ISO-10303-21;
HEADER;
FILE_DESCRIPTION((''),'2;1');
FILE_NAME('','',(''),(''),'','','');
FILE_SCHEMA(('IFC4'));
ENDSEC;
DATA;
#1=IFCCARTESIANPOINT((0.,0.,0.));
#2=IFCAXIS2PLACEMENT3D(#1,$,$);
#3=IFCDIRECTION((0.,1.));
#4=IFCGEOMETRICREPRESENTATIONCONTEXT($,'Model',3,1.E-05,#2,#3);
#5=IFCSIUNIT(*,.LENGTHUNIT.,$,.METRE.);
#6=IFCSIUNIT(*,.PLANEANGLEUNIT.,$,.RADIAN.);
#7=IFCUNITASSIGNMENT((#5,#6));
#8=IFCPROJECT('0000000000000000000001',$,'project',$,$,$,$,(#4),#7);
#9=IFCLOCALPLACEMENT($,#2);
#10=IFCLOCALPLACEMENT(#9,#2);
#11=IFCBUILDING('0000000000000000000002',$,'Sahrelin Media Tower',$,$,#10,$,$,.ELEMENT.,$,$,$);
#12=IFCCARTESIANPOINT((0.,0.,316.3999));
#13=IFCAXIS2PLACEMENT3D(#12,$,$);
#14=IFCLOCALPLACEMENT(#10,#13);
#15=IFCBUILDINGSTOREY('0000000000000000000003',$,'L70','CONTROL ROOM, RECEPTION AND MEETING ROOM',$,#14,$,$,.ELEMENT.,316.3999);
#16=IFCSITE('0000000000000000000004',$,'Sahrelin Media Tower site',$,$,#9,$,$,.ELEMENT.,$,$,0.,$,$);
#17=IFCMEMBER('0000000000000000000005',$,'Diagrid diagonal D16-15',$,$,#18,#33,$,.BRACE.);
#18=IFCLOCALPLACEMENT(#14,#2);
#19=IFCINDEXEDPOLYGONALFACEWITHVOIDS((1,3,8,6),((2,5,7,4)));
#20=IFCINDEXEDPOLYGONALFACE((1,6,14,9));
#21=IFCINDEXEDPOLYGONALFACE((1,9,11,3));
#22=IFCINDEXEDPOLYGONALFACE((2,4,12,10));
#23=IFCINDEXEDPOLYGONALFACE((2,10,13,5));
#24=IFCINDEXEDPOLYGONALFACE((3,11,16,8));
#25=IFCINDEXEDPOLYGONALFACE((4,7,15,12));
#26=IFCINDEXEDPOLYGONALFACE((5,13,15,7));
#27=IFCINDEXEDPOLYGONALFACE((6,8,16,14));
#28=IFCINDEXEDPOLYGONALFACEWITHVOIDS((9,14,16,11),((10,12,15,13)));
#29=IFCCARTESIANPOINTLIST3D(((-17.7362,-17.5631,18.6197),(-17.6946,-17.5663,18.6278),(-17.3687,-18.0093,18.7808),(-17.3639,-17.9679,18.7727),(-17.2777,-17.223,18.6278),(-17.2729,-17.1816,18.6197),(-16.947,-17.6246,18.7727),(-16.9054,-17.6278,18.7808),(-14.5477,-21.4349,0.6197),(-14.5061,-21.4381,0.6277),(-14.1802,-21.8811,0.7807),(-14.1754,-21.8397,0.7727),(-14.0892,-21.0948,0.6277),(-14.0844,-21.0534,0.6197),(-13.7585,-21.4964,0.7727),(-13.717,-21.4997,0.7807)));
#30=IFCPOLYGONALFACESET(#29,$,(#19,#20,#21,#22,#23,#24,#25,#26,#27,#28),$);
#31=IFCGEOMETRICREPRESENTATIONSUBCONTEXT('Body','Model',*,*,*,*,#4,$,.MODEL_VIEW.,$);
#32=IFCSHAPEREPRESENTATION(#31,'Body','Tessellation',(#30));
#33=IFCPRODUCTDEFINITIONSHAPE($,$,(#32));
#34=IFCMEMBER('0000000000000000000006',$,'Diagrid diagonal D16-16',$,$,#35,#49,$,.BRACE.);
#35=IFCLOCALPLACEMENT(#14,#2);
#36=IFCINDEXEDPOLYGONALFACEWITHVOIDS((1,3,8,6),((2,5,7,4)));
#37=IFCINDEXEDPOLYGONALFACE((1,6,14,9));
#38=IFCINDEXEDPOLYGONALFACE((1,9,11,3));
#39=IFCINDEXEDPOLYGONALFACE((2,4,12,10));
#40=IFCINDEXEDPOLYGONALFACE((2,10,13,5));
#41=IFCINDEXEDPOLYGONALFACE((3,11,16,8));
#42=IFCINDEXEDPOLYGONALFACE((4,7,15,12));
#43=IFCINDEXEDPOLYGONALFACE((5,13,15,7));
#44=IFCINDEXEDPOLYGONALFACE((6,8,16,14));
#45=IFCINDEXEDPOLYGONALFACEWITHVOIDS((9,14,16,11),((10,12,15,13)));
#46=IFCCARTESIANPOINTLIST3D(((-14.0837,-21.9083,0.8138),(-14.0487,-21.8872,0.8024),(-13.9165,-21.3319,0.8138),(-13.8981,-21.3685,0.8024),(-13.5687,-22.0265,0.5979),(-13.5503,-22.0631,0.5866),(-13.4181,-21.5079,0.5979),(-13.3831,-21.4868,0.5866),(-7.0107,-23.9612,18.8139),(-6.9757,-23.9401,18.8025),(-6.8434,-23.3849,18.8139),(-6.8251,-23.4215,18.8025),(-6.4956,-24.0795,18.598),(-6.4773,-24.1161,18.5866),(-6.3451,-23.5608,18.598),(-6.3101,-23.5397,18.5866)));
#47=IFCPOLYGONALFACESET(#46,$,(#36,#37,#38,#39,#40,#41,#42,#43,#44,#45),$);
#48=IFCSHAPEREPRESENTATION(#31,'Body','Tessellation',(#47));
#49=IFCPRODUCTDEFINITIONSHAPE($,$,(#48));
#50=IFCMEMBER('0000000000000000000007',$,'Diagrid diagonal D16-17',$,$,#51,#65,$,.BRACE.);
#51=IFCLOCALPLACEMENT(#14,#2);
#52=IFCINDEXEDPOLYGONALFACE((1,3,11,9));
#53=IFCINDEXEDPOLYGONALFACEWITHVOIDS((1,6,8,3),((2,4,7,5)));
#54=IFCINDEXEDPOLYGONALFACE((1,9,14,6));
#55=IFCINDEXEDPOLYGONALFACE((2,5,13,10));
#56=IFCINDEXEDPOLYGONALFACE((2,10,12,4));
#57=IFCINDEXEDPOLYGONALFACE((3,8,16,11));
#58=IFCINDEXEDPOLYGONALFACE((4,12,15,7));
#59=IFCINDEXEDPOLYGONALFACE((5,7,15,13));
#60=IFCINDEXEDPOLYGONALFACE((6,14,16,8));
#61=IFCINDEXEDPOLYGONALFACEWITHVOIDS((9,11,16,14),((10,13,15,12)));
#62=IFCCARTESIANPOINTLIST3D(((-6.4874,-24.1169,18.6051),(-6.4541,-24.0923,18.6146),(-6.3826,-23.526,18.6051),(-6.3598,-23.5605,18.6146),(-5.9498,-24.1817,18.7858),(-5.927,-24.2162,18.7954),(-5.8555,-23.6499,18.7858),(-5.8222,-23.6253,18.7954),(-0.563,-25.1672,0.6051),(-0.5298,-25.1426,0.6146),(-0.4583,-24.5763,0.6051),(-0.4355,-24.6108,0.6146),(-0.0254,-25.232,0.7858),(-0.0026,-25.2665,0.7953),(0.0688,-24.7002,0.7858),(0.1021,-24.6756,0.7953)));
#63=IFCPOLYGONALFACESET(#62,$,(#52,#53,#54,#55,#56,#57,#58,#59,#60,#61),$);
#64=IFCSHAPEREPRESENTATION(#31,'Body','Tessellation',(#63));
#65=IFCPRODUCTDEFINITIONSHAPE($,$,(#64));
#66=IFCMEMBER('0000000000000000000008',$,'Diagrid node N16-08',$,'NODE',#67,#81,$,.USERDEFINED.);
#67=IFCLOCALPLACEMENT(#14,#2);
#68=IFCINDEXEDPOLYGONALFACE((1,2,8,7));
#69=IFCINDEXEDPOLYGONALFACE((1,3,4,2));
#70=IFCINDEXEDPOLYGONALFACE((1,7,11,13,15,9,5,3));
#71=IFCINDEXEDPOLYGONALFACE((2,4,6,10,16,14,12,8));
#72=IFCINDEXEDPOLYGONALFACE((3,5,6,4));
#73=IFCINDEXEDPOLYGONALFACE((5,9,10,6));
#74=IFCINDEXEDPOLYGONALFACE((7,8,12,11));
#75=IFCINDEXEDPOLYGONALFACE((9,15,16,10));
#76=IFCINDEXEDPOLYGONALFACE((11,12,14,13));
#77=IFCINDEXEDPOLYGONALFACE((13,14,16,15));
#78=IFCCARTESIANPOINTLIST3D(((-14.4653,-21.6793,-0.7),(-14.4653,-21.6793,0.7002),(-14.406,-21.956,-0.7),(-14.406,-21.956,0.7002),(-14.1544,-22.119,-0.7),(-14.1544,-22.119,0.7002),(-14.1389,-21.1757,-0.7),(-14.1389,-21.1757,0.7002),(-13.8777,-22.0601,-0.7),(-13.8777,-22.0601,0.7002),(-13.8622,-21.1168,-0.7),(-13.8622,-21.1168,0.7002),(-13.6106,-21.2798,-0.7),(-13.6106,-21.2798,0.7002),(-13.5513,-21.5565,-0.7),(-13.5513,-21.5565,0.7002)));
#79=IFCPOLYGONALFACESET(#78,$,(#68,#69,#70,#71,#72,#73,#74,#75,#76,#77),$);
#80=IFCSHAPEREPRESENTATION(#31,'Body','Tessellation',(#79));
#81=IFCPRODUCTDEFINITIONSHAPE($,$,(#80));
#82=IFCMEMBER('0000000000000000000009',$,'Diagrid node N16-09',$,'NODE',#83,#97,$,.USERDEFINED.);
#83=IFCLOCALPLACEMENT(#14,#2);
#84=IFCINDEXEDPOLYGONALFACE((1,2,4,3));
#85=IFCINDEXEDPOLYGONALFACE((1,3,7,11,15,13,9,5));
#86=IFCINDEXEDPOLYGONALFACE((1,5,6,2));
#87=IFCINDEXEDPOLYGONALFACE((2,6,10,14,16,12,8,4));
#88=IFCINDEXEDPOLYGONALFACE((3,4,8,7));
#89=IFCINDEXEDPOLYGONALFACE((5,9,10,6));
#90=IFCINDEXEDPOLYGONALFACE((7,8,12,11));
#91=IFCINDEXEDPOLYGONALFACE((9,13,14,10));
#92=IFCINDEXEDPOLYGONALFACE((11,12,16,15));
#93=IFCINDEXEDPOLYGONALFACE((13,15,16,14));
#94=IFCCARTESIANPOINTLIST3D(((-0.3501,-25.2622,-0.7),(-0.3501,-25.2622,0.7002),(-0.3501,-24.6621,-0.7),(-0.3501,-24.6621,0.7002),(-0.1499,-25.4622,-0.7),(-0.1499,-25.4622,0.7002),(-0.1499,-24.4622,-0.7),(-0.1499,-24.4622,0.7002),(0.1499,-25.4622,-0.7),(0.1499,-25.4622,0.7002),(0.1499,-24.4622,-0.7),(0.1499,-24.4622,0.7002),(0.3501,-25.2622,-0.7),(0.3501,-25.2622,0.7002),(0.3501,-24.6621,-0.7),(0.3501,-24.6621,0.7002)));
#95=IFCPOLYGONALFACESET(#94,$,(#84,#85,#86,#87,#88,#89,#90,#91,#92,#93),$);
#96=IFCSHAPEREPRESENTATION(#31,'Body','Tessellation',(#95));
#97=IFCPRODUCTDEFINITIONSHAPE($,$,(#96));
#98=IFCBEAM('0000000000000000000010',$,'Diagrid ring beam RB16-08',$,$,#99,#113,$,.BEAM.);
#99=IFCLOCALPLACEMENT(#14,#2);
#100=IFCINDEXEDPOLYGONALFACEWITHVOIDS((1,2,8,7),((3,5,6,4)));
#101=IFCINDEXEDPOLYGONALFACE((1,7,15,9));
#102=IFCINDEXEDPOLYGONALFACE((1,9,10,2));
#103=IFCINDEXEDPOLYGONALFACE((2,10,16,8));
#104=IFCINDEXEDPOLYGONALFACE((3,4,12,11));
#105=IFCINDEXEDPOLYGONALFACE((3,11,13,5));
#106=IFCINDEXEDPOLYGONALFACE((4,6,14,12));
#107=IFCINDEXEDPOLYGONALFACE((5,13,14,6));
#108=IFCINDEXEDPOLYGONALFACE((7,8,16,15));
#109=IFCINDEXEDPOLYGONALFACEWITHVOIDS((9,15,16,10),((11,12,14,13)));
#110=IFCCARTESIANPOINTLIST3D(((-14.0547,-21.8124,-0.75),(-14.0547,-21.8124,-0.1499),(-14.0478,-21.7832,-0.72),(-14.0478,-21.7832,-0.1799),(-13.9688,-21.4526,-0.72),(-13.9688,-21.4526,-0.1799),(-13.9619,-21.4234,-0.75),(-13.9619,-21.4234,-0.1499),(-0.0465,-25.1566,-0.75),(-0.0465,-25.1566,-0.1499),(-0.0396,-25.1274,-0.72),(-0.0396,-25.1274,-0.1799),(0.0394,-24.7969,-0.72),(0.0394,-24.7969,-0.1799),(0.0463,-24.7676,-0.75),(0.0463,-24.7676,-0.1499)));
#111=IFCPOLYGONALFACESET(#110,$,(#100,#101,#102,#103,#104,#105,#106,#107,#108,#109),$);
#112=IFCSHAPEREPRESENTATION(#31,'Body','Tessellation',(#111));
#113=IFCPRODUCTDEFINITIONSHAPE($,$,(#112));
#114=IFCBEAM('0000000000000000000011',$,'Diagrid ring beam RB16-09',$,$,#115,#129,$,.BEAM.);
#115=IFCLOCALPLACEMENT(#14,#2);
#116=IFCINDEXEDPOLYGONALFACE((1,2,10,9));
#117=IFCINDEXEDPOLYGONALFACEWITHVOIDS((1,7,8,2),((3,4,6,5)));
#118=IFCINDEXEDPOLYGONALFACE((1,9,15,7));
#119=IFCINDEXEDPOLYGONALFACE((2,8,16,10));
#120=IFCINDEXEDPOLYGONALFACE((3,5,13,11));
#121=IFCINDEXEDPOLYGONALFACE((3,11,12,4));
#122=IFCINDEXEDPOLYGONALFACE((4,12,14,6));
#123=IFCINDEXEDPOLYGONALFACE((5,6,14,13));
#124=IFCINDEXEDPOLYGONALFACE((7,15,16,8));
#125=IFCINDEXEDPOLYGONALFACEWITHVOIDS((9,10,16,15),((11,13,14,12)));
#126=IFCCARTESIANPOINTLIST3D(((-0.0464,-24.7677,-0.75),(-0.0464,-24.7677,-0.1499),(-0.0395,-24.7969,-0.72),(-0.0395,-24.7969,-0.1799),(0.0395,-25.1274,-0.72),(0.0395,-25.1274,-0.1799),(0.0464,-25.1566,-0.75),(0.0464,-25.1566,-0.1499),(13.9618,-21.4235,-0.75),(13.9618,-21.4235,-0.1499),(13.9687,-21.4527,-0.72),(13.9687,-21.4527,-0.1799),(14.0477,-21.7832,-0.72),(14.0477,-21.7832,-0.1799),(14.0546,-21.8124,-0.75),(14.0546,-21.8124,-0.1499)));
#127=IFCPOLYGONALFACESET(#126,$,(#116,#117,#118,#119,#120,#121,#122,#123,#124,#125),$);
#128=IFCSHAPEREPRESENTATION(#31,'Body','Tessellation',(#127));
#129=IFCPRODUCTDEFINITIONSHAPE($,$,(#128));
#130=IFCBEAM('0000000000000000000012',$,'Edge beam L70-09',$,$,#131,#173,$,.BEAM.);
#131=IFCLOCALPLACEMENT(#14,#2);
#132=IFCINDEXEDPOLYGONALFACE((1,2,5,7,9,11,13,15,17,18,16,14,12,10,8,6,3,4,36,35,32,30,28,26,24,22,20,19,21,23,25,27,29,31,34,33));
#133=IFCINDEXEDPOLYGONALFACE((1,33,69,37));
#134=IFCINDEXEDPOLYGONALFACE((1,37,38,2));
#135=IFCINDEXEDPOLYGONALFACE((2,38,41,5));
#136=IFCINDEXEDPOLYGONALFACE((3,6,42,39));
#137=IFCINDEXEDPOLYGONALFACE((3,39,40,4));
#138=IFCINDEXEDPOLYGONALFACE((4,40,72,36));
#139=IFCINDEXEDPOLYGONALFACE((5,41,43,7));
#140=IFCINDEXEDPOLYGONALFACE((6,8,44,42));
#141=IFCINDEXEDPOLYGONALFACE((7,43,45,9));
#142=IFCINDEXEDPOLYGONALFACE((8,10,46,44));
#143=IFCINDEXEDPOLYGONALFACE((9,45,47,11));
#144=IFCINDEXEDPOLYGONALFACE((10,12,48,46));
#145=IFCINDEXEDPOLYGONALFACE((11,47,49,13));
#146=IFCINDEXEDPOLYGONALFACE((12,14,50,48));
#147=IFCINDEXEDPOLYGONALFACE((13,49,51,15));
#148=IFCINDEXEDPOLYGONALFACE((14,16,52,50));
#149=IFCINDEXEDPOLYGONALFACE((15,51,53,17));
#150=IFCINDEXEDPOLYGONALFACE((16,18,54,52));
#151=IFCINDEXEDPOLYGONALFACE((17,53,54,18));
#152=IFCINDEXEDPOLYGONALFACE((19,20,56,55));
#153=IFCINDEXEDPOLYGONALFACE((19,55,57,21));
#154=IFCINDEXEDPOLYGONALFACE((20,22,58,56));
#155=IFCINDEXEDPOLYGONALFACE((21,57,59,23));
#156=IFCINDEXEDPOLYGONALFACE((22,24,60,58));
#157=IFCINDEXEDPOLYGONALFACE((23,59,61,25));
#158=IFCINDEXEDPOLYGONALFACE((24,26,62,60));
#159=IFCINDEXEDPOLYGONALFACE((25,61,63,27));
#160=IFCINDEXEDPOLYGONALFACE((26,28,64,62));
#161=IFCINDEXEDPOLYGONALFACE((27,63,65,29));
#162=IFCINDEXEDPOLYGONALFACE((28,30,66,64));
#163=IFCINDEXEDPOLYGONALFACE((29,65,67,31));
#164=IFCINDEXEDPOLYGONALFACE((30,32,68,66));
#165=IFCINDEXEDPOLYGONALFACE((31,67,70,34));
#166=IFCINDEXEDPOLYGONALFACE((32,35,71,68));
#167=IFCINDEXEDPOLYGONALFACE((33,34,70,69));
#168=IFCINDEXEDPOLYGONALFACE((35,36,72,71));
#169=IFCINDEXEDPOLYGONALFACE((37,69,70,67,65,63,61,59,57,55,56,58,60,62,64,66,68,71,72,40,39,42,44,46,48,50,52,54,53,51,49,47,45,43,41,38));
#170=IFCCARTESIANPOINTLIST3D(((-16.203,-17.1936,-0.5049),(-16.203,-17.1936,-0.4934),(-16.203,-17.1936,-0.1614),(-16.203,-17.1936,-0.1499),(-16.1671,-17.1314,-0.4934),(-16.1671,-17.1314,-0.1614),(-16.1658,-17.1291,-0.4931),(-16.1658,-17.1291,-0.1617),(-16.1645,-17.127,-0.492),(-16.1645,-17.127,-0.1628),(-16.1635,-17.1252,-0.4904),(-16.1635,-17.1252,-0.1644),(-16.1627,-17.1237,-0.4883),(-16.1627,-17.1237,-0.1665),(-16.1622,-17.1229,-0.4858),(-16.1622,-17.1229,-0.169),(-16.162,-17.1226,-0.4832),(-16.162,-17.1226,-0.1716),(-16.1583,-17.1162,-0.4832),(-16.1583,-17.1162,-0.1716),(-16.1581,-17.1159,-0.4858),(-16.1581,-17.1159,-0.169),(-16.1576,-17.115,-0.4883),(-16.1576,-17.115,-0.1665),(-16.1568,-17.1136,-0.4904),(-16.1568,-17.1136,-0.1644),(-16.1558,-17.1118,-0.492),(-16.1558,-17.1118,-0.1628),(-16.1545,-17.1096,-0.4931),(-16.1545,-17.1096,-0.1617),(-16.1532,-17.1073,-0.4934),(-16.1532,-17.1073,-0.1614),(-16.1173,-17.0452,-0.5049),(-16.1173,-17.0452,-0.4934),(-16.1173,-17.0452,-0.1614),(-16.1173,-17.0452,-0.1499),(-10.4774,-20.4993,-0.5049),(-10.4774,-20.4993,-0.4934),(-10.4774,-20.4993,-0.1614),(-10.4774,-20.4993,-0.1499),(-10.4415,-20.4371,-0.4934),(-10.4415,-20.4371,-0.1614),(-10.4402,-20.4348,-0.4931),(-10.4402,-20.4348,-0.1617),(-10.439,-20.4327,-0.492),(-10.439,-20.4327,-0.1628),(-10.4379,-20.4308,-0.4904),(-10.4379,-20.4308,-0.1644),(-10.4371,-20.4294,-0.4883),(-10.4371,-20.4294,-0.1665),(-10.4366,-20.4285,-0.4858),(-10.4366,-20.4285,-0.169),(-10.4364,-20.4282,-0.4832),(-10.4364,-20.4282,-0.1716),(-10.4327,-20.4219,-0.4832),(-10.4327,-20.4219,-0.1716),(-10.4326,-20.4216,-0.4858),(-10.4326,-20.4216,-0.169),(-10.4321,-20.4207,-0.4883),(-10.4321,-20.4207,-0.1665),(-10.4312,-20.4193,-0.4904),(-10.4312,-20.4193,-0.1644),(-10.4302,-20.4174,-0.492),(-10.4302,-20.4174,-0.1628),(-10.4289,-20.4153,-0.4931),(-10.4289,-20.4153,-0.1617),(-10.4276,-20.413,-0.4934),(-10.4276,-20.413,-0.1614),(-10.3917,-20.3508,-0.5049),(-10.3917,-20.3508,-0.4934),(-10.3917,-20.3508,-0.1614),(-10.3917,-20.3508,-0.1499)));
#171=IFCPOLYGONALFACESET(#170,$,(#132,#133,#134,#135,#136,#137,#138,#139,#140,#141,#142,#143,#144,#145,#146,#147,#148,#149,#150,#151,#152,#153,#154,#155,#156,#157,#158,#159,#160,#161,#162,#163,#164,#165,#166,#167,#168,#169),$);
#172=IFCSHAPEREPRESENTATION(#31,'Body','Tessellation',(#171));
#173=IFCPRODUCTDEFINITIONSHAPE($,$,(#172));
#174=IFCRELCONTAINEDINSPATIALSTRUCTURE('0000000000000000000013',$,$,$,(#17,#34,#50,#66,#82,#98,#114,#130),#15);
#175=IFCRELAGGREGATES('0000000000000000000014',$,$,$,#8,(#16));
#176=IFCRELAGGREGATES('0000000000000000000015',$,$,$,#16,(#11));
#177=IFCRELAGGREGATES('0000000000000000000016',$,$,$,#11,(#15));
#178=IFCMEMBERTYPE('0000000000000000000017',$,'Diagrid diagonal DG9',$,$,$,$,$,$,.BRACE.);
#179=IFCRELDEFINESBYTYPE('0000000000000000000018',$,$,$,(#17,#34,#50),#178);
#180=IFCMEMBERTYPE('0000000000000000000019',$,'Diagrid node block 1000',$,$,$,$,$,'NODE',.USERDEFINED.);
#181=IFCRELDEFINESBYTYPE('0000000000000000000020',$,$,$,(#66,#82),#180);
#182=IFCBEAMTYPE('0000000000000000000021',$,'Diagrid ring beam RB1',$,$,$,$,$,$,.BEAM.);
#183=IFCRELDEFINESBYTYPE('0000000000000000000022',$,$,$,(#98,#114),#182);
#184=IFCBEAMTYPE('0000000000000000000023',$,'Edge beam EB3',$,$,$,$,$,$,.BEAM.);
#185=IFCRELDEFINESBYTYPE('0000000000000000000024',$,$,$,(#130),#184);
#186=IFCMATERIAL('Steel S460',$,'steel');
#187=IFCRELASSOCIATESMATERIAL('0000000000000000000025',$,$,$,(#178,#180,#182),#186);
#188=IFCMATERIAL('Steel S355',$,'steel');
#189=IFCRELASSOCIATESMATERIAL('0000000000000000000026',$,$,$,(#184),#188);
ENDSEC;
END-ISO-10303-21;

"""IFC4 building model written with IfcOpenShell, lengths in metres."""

from ifc_helpers import new_model, si_unit, direction, frame, origin, origin_2d, place, context, subcontext, project, spatial, polyline, hollow_rectangle, i_section, outline, extrude, material, material_profile, profile_set, type_object, element, save


model = new_model("IFC4")

# Units and contexts
model_context = context("Model", 3, precision=1e-05, world=origin(), true_north=direction((0.0, 1.0)))
body_context = subcontext(model_context, "Body", "Model", "MODEL_VIEW")
ifc_project = project(units=[si_unit("LENGTHUNIT", "METRE"), si_unit("PLANEANGLEUNIT", "RADIAN")], contexts=[model_context])

# Site, building, storey
site_placement = place(None, origin())
site = spatial("IfcSite", under=ifc_project, at=site_placement, Name="Sahrelin Media Tower site", CompositionType="ELEMENT", RefElevation=0.0)
building_placement = place(site_placement, origin())
building = spatial("IfcBuilding", under=site, at=building_placement, Name="Sahrelin Media Tower", CompositionType="ELEMENT")
storey_placement = place(building_placement, frame((0.0, 0.0, 316.3999)))
storey = spatial("IfcBuildingStorey", under=building, at=storey_placement, Name="L70", Description="CONTROL ROOM, RECEPTION AND MEETING ROOM", CompositionType="ELEMENT", Elevation=316.3999)

# Members
ifc_material_1 = material(Name="Steel S460", Category="steel")
ifc_material_profile_1 = material_profile(ifc_material_1, hollow_rectangle(XDim=0.6001, YDim=0.6001, WallThickness=0.03, at=origin_2d()), Name="Diagrid diagonal DG9")
ifc_profile_set_1 = profile_set([ifc_material_profile_1], Name="Steel S460")
member_type_1 = type_object("IfcMemberType", Name="Diagrid diagonal DG9", PredefinedType="BRACE", material=ifc_profile_set_1)
member_1_placement = place(storey_placement, frame((-14.1323, -21.4673, 0.7002), z_axis=(-0.170637, 0.207207, 0.963301), x_axis=(-0.771939, -0.635697, 0.0)))
element("IfcMember", 1, at=member_1_placement, inside=storey, type_object=member_type_1, Name="Diagrid diagonal D16-15", PredefinedType="BRACE", context=body_context, shape_type="SweptSolid", body=[
    extrude(hollow_rectangle(XDim=0.6001, YDim=0.6001, WallThickness=0.03, at=origin_2d()), origin(), (0.0, 0.0, 1.0), 18.6858),
])
member_2_placement = place(storey_placement, frame((-13.7334, -21.6975, 0.7002), z_axis=(0.363679, -0.10556, 0.925524), x_axis=(0.278751, 0.960363, 0.0)))
element("IfcMember", 2, at=member_2_placement, inside=storey, type_object=member_type_1, Name="Diagrid diagonal D16-16", PredefinedType="BRACE", context=body_context, shape_type="SweptSolid", body=[
    extrude(hollow_rectangle(XDim=0.6001, YDim=0.6001, WallThickness=0.03, at=origin_2d()), origin(), (0.0, 0.0, 1.0), 19.4485),
])
member_3_placement = place(storey_placement, frame((-0.2305, -24.9214, 0.7002), z_axis=(-0.312152, 0.05534, 0.948419), x_axis=(-0.174563, -0.984646, 0.0)))
element("IfcMember", 3, at=member_3_placement, inside=storey, type_object=member_type_1, Name="Diagrid diagonal D16-17", PredefinedType="BRACE", context=body_context, shape_type="SweptSolid", body=[
    extrude(hollow_rectangle(XDim=0.6001, YDim=0.6001, WallThickness=0.03, at=origin_2d()), origin(), (0.0, 0.0, 1.0), 18.979),
])
ifc_material_profile_2 = material_profile(ifc_material_1, outline(polyline([(0.3, -0.3501), (0.5, -0.1499), (0.5, 0.1499), (0.3, 0.3501), (-0.3, 0.3501), (-0.5, 0.1499), (-0.5, -0.1499), (-0.3, -0.3501), (0.3, -0.3501)])), Name="Diagrid node block 1000")
ifc_profile_set_2 = profile_set([ifc_material_profile_2], Name="Steel S460")
member_type_2 = type_object("IfcMemberType", Name="Diagrid node block 1000", ElementType="NODE", PredefinedType="USERDEFINED", material=ifc_profile_set_2)
for number, where, z_axis, x_axis, name in (
    (4, (-14.0083, -21.6179, -0.7), (0.0, 0.0, 1.0), (-0.54381, -0.839208, 0.0), "Diagrid node N16-08"),
    (5, (0.0, -24.9622, -0.7), (0.0, 0.0, 1.0), (0.0, -1.0, 0.0), "Diagrid node N16-09"),
):
    element("IfcMember", number, at=place(storey_placement, frame(where, z_axis=z_axis, x_axis=x_axis)), inside=storey, type_object=member_type_2, Name=name, ObjectType="NODE", PredefinedType="USERDEFINED", context=body_context, shape_type="SweptSolid", body=[
        extrude(outline(polyline([(0.3, -0.3501), (0.5, -0.1499), (0.5, 0.1499), (0.3, 0.3501), (-0.3, 0.3501), (-0.5, 0.1499), (-0.5, -0.1499), (-0.3, -0.3501), (0.3, -0.3501)])), origin(), (0.0, 0.0, 1.0), 1.4001),
    ])

# Beams
ifc_material_profile_3 = material_profile(ifc_material_1, hollow_rectangle(XDim=0.3999, YDim=0.6001, WallThickness=0.03, at=origin_2d()), Name="Diagrid ring beam RB1")
ifc_profile_set_3 = profile_set([ifc_material_profile_3], Name="Steel S460")
beam_type_1 = type_object("IfcBeamType", Name="Diagrid ring beam RB1", PredefinedType="BEAM", material=ifc_profile_set_3)
for number, where, z_axis, x_axis, name in (
    (6, (-14.0083, -21.6179, -0.45), (0.972666, -0.232207, 0.0), (0.232207, 0.972666, 0.0), "Diagrid ring beam RB16-08"),
    (7, (0.0, -24.9622, -0.45), (0.972666, 0.232207, 0.0), (-0.232207, 0.972666, 0.0), "Diagrid ring beam RB16-09"),
):
    element("IfcBeam", number, at=place(storey_placement, frame(where, z_axis=z_axis, x_axis=x_axis)), inside=storey, type_object=beam_type_1, Name=name, PredefinedType="BEAM", context=body_context, shape_type="SweptSolid", body=[
        extrude(hollow_rectangle(XDim=0.3999, YDim=0.6001, WallThickness=0.03, at=origin_2d()), origin(), (0.0, 0.0, 1.0), 14.4019),
    ])
ifc_material_2 = material(Name="Steel S355", Category="steel")
ifc_material_profile_4 = material_profile(ifc_material_2, i_section(OverallWidth=0.1714, OverallDepth=0.355, WebThickness=0.0073, FlangeThickness=0.0115, FilletRadius=0.0103, at=origin_2d()), Name="UB 356x171x51")
ifc_profile_set_4 = profile_set([ifc_material_profile_4], Name="Steel S355")
beam_type_2 = type_object("IfcBeamType", Name="Edge beam EB3", PredefinedType="BEAM", material=ifc_profile_set_4)
beam_1_placement = place(storey_placement, frame((-10.4346, -20.425, -0.3274), z_axis=(-0.866026, 0.499999, 0.0), x_axis=(-0.499999, -0.866026, 0.0)))
element("IfcBeam", 8, at=beam_1_placement, inside=storey, type_object=beam_type_2, Name="Edge beam L70-09", PredefinedType="BEAM", context=body_context, shape_type="SweptSolid", body=[
    extrude(i_section(OverallWidth=0.1714, OverallDepth=0.355, WebThickness=0.0073, FlangeThickness=0.0115, FilletRadius=0.0103, at=origin_2d()), origin(), (0.0, 0.0, 1.0), 6.6113),
])

save(model, "model.ifc")
